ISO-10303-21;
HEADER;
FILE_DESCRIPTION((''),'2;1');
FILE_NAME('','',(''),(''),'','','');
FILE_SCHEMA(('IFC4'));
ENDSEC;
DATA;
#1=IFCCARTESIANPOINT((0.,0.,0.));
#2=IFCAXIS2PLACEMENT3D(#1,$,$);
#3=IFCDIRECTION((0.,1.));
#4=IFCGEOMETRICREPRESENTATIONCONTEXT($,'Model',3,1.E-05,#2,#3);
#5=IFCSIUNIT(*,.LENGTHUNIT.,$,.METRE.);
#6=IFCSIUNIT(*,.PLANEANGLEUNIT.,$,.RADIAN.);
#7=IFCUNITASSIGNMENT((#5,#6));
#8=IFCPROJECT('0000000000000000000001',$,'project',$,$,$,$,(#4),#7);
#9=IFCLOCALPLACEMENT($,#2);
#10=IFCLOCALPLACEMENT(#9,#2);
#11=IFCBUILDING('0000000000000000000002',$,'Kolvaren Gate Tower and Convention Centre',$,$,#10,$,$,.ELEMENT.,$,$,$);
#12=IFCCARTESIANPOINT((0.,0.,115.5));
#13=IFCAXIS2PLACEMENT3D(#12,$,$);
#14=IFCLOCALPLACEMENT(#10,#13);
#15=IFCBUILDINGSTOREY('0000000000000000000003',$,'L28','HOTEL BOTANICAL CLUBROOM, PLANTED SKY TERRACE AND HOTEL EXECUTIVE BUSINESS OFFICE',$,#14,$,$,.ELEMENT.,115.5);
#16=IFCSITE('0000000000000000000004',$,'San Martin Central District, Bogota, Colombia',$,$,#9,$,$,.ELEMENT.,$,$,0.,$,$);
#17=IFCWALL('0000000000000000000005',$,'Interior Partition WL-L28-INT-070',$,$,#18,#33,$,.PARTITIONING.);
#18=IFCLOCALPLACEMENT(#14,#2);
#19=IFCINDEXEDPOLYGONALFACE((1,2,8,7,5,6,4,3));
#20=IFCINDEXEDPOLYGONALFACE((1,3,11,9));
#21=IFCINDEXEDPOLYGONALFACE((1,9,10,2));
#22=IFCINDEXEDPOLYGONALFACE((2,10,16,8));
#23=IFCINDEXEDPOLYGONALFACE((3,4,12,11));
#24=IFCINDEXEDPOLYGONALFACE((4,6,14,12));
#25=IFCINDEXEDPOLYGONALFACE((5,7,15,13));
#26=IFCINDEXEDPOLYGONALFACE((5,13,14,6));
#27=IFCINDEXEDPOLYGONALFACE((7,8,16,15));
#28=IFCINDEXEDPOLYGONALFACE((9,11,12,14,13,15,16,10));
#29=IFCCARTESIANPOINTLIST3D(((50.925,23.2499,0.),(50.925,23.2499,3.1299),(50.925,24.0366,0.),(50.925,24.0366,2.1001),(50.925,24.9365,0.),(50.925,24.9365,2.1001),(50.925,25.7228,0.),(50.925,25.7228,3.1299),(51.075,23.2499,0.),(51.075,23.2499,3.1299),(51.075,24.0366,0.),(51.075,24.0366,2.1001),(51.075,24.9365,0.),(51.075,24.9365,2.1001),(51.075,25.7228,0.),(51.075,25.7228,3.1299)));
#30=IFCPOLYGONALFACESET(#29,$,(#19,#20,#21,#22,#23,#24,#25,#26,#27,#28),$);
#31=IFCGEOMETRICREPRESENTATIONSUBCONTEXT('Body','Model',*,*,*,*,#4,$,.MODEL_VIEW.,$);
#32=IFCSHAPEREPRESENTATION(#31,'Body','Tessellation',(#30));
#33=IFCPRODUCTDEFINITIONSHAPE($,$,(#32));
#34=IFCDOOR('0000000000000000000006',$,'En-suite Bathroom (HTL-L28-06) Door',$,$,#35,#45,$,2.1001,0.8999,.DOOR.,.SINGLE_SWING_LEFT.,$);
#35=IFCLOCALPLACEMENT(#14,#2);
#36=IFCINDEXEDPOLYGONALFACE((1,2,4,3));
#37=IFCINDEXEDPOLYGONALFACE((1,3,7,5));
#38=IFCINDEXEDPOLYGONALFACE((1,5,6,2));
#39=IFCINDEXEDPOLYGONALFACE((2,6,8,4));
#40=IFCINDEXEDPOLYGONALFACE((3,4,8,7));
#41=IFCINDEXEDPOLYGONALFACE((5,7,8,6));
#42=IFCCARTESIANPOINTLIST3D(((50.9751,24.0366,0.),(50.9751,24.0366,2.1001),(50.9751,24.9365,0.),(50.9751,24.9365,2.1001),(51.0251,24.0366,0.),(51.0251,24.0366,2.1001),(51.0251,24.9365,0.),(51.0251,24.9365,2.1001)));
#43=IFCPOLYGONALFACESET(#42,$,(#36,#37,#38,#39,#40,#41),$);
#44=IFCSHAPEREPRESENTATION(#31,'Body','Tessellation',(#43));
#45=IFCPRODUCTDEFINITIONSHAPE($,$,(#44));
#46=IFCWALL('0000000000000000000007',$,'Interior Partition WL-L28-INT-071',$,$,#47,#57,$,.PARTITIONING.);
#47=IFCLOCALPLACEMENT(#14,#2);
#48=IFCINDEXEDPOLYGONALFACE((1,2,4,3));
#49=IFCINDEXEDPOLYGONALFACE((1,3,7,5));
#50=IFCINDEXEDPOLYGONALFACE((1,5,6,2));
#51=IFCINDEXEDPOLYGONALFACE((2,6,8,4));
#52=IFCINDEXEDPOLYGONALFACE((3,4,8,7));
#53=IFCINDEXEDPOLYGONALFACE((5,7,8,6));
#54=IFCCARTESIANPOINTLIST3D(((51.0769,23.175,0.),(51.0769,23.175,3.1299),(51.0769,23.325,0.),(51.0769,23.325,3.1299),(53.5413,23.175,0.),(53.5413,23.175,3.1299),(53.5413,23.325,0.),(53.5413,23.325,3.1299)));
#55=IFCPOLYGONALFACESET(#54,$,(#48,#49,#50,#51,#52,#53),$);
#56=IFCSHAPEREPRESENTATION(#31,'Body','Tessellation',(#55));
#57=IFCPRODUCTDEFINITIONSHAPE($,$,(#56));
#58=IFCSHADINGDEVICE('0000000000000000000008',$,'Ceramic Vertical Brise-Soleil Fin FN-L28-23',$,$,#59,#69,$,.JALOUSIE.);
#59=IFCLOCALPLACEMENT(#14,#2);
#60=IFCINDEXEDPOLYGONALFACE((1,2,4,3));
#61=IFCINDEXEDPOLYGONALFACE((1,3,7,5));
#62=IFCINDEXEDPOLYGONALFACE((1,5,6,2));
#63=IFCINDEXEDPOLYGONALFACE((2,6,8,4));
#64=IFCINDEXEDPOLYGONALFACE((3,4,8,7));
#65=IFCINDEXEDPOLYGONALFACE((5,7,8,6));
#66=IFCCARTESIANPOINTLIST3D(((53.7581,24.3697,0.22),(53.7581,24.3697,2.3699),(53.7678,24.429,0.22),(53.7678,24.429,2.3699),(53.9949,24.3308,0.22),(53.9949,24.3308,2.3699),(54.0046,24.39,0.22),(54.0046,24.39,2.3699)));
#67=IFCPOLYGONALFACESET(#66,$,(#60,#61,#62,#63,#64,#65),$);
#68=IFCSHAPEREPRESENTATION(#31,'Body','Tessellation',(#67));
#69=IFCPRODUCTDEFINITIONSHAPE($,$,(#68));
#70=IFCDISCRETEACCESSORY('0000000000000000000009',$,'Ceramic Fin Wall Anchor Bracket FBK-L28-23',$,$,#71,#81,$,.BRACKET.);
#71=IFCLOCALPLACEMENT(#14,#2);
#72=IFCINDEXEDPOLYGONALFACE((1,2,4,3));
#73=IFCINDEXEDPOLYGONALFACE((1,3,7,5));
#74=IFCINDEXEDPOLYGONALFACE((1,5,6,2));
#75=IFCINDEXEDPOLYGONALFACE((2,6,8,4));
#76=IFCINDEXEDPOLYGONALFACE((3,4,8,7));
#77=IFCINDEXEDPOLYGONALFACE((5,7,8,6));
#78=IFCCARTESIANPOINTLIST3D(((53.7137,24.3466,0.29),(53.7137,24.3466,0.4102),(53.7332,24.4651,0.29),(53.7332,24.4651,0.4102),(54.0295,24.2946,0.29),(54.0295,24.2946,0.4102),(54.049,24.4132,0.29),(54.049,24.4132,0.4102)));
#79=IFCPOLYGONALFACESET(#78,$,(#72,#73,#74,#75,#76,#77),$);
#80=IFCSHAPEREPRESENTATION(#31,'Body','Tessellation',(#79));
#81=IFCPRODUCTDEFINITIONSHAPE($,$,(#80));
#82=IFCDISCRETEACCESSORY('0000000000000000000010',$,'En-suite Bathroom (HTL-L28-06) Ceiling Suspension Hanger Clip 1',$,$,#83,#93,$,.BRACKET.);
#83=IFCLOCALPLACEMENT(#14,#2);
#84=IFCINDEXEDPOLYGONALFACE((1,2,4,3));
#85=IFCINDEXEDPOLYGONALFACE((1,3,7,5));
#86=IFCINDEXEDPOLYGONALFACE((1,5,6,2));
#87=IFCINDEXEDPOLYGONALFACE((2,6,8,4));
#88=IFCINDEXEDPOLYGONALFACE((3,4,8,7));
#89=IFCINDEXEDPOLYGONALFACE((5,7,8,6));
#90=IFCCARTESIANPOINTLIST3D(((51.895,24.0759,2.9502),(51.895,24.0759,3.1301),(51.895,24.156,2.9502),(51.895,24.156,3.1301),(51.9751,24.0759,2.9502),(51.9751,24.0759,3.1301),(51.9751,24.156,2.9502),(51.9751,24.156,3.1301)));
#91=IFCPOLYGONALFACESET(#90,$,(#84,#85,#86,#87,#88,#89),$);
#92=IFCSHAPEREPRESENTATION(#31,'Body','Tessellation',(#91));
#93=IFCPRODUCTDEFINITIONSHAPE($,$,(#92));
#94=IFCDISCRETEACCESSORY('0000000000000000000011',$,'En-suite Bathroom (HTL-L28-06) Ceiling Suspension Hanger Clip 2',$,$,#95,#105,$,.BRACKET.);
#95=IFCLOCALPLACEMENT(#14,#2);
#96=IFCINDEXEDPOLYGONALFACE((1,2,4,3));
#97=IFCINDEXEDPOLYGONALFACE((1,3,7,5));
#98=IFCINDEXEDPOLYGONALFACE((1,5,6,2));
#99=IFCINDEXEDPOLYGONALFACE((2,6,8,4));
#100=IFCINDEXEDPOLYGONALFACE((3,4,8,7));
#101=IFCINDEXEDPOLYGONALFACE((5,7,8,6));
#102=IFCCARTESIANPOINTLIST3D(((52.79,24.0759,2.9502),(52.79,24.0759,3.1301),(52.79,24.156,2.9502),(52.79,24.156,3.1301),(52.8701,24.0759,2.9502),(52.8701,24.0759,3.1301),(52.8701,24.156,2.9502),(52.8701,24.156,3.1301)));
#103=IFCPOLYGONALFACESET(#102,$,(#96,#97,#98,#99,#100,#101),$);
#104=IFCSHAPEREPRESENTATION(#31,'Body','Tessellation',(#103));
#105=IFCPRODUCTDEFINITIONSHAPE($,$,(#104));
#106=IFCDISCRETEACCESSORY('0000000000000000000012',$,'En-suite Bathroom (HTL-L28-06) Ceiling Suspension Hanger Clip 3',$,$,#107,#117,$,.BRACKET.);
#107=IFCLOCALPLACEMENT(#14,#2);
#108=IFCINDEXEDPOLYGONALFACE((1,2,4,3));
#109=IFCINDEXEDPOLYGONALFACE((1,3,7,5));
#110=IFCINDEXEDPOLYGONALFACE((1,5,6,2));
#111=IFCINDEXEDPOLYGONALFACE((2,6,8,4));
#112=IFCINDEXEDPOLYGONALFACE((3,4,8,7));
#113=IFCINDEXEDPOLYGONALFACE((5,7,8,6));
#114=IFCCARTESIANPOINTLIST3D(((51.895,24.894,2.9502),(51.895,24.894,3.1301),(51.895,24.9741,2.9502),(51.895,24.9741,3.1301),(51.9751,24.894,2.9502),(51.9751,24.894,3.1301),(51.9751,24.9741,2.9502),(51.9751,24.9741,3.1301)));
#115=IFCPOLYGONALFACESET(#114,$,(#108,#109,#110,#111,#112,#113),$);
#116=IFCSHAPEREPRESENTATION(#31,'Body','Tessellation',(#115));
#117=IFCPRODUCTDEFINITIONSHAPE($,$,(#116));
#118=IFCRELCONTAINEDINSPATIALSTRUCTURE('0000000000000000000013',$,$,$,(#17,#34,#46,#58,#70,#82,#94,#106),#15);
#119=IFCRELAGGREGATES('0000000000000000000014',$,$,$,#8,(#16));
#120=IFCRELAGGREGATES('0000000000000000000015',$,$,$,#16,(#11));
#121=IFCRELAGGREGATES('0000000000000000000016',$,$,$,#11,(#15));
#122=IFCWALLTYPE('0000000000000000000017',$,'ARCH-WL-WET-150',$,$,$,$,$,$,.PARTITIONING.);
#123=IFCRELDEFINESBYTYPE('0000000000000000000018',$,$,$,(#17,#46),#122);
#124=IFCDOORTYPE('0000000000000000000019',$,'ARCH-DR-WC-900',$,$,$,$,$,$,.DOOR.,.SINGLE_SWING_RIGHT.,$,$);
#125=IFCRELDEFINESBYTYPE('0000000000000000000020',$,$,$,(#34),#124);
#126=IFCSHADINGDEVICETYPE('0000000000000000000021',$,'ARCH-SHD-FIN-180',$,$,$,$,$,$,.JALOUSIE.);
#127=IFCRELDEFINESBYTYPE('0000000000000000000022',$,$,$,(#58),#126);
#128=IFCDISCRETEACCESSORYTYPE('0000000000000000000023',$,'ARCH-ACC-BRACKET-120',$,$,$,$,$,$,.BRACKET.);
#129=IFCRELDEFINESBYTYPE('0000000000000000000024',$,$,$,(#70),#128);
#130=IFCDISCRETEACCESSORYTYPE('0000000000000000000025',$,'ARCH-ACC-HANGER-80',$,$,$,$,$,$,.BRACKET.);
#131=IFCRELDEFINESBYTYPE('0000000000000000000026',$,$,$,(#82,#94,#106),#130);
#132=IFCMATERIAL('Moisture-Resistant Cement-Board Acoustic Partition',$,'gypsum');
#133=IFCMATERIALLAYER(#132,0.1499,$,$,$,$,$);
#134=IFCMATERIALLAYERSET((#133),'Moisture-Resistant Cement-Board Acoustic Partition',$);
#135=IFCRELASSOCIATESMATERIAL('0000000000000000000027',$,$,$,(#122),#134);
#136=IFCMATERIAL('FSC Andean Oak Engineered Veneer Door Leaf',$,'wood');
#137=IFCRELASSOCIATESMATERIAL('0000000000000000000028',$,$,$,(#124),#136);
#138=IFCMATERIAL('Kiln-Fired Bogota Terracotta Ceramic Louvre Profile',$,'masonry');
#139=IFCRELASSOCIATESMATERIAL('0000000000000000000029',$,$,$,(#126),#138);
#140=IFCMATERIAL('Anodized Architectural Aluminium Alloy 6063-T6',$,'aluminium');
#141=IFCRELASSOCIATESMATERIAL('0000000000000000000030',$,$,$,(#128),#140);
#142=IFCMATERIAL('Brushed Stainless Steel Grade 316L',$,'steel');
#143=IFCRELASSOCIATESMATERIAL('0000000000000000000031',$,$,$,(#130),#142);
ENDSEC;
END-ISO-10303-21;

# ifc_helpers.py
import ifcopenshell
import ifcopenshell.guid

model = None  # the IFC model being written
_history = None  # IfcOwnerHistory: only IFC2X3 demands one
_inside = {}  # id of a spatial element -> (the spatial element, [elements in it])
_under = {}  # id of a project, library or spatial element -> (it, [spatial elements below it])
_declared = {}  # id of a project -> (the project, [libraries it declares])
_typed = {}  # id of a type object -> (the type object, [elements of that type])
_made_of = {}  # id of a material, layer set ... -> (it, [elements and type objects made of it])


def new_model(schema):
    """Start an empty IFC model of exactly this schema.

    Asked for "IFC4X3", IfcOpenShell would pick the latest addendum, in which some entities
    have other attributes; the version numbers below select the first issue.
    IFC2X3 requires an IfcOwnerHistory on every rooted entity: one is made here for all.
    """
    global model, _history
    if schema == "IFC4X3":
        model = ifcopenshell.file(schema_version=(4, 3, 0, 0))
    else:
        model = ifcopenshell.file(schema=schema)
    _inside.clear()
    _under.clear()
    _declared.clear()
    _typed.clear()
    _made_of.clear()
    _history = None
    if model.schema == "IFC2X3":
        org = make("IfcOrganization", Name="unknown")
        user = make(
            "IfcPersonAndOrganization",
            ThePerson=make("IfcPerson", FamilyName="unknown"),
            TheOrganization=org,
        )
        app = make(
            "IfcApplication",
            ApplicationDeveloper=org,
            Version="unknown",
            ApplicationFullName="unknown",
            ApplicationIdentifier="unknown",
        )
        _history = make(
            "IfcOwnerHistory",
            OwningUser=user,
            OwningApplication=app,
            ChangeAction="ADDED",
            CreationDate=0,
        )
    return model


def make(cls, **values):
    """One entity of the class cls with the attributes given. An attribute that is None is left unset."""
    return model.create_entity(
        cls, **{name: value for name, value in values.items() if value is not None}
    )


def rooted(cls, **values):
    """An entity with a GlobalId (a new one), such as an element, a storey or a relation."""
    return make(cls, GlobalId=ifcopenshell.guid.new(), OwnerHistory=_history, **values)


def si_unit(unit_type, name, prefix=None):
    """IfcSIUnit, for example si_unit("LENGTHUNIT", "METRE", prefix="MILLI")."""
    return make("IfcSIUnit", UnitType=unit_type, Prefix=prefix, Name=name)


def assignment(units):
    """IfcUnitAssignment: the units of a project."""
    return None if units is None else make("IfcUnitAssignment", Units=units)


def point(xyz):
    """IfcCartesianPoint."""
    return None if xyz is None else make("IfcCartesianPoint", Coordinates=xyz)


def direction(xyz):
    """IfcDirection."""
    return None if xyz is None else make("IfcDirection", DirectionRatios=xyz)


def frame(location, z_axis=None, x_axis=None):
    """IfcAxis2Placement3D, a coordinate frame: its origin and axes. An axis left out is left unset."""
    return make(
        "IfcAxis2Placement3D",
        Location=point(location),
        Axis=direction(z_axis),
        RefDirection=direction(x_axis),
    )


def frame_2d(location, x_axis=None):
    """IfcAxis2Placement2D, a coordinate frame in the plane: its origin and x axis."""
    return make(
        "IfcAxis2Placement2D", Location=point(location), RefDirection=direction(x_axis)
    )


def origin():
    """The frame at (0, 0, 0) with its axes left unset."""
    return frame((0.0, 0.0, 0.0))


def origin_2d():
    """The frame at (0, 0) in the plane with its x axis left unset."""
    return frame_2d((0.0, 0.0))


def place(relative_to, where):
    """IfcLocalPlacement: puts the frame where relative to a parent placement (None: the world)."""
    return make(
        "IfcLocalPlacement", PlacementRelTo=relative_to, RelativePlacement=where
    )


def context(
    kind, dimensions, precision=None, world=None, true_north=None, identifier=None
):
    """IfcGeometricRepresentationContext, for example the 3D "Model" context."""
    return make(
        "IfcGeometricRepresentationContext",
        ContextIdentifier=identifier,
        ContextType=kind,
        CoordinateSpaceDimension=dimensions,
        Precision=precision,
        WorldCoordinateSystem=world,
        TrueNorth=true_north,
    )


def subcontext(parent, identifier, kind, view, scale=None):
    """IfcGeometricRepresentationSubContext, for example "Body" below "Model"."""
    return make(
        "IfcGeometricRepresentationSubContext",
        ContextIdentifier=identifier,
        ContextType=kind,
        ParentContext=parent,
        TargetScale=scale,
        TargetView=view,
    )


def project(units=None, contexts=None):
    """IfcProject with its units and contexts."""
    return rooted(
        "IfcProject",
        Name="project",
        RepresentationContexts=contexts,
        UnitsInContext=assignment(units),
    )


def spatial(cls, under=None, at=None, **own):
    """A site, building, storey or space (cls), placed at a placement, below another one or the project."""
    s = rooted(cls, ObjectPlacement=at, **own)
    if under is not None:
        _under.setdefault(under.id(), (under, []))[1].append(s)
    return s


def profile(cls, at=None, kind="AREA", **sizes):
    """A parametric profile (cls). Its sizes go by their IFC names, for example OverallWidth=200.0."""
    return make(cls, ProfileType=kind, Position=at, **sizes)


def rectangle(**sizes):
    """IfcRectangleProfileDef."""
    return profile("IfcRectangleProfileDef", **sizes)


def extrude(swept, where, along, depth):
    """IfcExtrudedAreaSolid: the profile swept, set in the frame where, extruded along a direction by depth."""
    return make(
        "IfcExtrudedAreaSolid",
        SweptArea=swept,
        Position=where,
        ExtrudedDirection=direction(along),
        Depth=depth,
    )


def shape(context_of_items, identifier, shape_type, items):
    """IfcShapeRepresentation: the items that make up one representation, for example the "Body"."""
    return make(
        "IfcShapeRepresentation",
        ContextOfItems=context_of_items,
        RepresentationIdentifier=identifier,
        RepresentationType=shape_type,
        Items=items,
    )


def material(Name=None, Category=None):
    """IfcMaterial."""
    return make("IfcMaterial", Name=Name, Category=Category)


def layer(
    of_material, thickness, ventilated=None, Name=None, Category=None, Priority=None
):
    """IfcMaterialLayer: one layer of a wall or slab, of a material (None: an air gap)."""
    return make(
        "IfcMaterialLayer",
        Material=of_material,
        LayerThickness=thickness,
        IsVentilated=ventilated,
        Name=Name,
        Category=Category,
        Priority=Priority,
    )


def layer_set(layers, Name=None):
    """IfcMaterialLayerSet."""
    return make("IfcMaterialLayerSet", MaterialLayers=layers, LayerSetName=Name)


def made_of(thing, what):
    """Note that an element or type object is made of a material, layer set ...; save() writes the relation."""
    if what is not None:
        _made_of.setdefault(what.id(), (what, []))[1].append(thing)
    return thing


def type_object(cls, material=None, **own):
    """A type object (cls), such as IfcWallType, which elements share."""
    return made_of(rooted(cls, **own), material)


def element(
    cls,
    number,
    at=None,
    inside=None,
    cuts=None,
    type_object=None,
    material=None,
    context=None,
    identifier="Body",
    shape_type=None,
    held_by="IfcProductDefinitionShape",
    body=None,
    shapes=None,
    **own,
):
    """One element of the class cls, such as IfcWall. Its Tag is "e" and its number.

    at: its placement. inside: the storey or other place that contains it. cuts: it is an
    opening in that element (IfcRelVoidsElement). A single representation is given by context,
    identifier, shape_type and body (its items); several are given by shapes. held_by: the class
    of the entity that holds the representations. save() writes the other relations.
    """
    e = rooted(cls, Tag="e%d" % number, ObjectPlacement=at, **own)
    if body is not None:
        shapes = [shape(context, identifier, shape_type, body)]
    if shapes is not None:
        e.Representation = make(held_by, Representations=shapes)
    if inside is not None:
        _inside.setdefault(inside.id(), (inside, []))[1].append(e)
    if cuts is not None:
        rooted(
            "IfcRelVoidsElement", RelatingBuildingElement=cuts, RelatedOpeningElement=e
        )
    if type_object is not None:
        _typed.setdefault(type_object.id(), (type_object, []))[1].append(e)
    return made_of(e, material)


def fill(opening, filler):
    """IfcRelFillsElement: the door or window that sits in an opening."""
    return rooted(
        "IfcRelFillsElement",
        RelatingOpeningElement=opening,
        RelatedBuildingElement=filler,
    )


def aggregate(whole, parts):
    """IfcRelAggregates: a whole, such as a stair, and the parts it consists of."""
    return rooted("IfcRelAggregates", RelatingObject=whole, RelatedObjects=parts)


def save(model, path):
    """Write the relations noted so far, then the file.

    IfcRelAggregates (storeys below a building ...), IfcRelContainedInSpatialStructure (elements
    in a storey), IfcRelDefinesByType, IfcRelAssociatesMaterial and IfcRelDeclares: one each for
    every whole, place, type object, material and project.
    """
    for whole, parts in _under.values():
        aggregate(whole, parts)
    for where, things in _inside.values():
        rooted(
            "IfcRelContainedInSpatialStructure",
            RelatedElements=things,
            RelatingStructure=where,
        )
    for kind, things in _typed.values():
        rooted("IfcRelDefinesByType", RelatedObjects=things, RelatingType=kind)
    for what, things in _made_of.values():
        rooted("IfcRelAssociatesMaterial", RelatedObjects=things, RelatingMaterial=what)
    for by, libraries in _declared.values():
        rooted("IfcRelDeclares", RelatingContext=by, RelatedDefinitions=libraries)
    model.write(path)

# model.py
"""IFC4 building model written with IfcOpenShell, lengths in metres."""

from ifc_helpers import new_model, si_unit, direction, frame, frame_2d, origin, origin_2d, place, context, subcontext, project, spatial, rectangle, extrude, material, layer, layer_set, type_object, element, fill, save


model = new_model("IFC4")

# Units and contexts
model_context = context("Model", 3, precision=1e-05, world=origin(), true_north=direction((0.0, 1.0)))
body_context = subcontext(model_context, "Body", "Model", "MODEL_VIEW")
ifc_project = project(units=[si_unit("LENGTHUNIT", "METRE"), si_unit("PLANEANGLEUNIT", "RADIAN")], contexts=[model_context])

# Site, building, storey
site_placement = place(None, origin())
site = spatial("IfcSite", under=ifc_project, at=site_placement, Name="San Martin Central District, Bogota, Colombia", CompositionType="ELEMENT", RefElevation=0.0)
building_placement = place(site_placement, origin())
building = spatial("IfcBuilding", under=site, at=building_placement, Name="Kolvaren Gate Tower and Convention Centre", CompositionType="ELEMENT")
storey_placement = place(building_placement, frame((0.0, 0.0, 115.5)))
storey = spatial("IfcBuildingStorey", under=building, at=storey_placement, Name="L28", Description="HOTEL BOTANICAL CLUBROOM, PLANTED SKY TERRACE AND HOTEL EXECUTIVE BUSINESS OFFICE", CompositionType="ELEMENT", Elevation=115.5)

# Shared definitions
ifc_material_1 = material(Name="Moisture-Resistant Cement-Board Acoustic Partition", Category="gypsum")
ifc_layer_1 = layer(ifc_material_1, 0.1499)
ifc_layer_set_1 = layer_set([ifc_layer_1], Name="Moisture-Resistant Cement-Board Acoustic Partition")
wall_type_1 = type_object("IfcWallType", Name="ARCH-WL-WET-150", PredefinedType="PARTITIONING", material=ifc_layer_set_1)

# Wall, opening, door
wall_1_placement = place(storey_placement, frame((51.0, 23.25, 0.0), z_axis=(0.0, 0.0, 1.0), x_axis=(0.0, 1.0, 0.0)))
wall_1 = element("IfcWall", 1, at=wall_1_placement, inside=storey, type_object=wall_type_1, Name="Interior Partition WL-L28-INT-070", PredefinedType="PARTITIONING", context=body_context, shape_type="SweptSolid", body=[
    extrude(rectangle(XDim=2.4729, YDim=0.1499, at=frame_2d((1.2363, 0.0))), origin(), (0.0, 0.0, 1.0), 3.1299),
])
opening_1_placement = place(wall_1_placement, frame((0.7866, 0.0, 0.0)))
opening_1 = element("IfcOpeningElement", 2, at=opening_1_placement, cuts=wall_1, PredefinedType="OPENING", context=body_context, shape_type="SweptSolid", body=[
    extrude(rectangle(XDim=0.8999, YDim=2.1001, at=frame_2d((0.45, 1.05))), frame((0.0, 0.085, 0.0), z_axis=(0.0, -1.0, 0.0), x_axis=(1.0, 0.0, 0.0)), (0.0, 0.0, 1.0), 0.1699),
])
ifc_material_2 = material(Name="FSC Andean Oak Engineered Veneer Door Leaf", Category="wood")
door_type = type_object("IfcDoorType", Name="ARCH-DR-WC-900", OperationType="SINGLE_SWING_RIGHT", PredefinedType="DOOR", material=ifc_material_2)
door_placement = place(opening_1_placement, origin())
door = element("IfcDoor", 3, at=door_placement, inside=storey, type_object=door_type, Name="En-suite Bathroom (HTL-L28-06) Door", OperationType="SINGLE_SWING_LEFT", OverallHeight=2.1001, OverallWidth=0.8999, PredefinedType="DOOR", context=body_context, shape_type="SweptSolid", body=[
    extrude(rectangle(XDim=0.8999, YDim=2.1001, at=frame_2d((0.45, 1.05))), frame((0.0, 0.0249, 0.0), z_axis=(0.0, -1.0, 0.0), x_axis=(1.0, 0.0, 0.0)), (0.0, 0.0, 1.0), 0.05),
])
fill(opening_1, door)

# Wall
wall_2_placement = place(storey_placement, frame((51.0769, 23.25, 0.0), z_axis=(0.0, 0.0, 1.0), x_axis=(1.0, 0.0, 0.0)))
element("IfcWall", 4, at=wall_2_placement, inside=storey, type_object=wall_type_1, Name="Interior Partition WL-L28-INT-071", PredefinedType="PARTITIONING", context=body_context, shape_type="SweptSolid", body=[
    extrude(rectangle(XDim=2.4644, YDim=0.1499, at=frame_2d((1.2322, 0.0))), origin(), (0.0, 0.0, 1.0), 3.1299),
])

# Shading device
ifc_material_3 = material(Name="Kiln-Fired Bogota Terracotta Ceramic Louvre Profile", Category="masonry")
shading_device_type = type_object("IfcShadingDeviceType", Name="ARCH-SHD-FIN-180", PredefinedType="JALOUSIE", material=ifc_material_3)
shading_device_placement = place(storey_placement, frame((53.8813, 24.3799, 0.22), z_axis=(0.0, 0.0, 1.0), x_axis=(0.162389, 0.986727, 0.0)))
element("IfcShadingDevice", 5, at=shading_device_placement, inside=storey, type_object=shading_device_type, Name="Ceramic Vertical Brise-Soleil Fin FN-L28-23", PredefinedType="JALOUSIE", context=body_context, shape_type="SweptSolid", body=[
    extrude(rectangle(XDim=0.0601, YDim=0.24, at=origin_2d()), origin(), (0.0, 0.0, 1.0), 2.1499),
])

# Discrete accessories
ifc_material_4 = material(Name="Anodized Architectural Aluminium Alloy 6063-T6", Category="aluminium")
discrete_accessory_type_1 = type_object("IfcDiscreteAccessoryType", Name="ARCH-ACC-BRACKET-120", PredefinedType="BRACKET", material=ifc_material_4)
discrete_accessory_placement = place(storey_placement, frame((53.8813, 24.3799, 0.29), z_axis=(0.0, 0.0, 1.0), x_axis=(0.162389, 0.986727, 0.0)))
element("IfcDiscreteAccessory", 6, at=discrete_accessory_placement, inside=storey, type_object=discrete_accessory_type_1, Name="Ceramic Fin Wall Anchor Bracket FBK-L28-23", PredefinedType="BRACKET", context=body_context, shape_type="SweptSolid", body=[
    extrude(rectangle(XDim=0.1201, YDim=0.3201, at=origin_2d()), origin(), (0.0, 0.0, 1.0), 0.1201),
])
ifc_material_5 = material(Name="Brushed Stainless Steel Grade 316L", Category="steel")
discrete_accessory_type_2 = type_object("IfcDiscreteAccessoryType", Name="ARCH-ACC-HANGER-80", PredefinedType="BRACKET", material=ifc_material_5)
for number, where, z_axis, x_axis, name in (
    (7, (51.9351, 24.116, 2.9502), (0.0, 0.0, 1.0), (1.0, 0.0, 0.0), "En-suite Bathroom (HTL-L28-06) Ceiling Suspension Hanger Clip 1"),
    (8, (52.8301, 24.116, 2.9502), (0.0, 0.0, 1.0), (1.0, 0.0, 0.0), "En-suite Bathroom (HTL-L28-06) Ceiling Suspension Hanger Clip 2"),
    (9, (51.9351, 24.9341, 2.9502), (0.0, 0.0, 1.0), (1.0, 0.0, 0.0), "En-suite Bathroom (HTL-L28-06) Ceiling Suspension Hanger Clip 3"),
):
    element("IfcDiscreteAccessory", number, at=place(storey_placement, frame(where, z_axis=z_axis, x_axis=x_axis)), inside=storey, type_object=discrete_accessory_type_2, Name=name, PredefinedType="BRACKET", context=body_context, shape_type="SweptSolid", body=[
        extrude(rectangle(XDim=0.0801, YDim=0.0801, at=origin_2d()), origin(), (0.0, 0.0, 1.0), 0.1799),
    ])

save(model, "model.ifc")
